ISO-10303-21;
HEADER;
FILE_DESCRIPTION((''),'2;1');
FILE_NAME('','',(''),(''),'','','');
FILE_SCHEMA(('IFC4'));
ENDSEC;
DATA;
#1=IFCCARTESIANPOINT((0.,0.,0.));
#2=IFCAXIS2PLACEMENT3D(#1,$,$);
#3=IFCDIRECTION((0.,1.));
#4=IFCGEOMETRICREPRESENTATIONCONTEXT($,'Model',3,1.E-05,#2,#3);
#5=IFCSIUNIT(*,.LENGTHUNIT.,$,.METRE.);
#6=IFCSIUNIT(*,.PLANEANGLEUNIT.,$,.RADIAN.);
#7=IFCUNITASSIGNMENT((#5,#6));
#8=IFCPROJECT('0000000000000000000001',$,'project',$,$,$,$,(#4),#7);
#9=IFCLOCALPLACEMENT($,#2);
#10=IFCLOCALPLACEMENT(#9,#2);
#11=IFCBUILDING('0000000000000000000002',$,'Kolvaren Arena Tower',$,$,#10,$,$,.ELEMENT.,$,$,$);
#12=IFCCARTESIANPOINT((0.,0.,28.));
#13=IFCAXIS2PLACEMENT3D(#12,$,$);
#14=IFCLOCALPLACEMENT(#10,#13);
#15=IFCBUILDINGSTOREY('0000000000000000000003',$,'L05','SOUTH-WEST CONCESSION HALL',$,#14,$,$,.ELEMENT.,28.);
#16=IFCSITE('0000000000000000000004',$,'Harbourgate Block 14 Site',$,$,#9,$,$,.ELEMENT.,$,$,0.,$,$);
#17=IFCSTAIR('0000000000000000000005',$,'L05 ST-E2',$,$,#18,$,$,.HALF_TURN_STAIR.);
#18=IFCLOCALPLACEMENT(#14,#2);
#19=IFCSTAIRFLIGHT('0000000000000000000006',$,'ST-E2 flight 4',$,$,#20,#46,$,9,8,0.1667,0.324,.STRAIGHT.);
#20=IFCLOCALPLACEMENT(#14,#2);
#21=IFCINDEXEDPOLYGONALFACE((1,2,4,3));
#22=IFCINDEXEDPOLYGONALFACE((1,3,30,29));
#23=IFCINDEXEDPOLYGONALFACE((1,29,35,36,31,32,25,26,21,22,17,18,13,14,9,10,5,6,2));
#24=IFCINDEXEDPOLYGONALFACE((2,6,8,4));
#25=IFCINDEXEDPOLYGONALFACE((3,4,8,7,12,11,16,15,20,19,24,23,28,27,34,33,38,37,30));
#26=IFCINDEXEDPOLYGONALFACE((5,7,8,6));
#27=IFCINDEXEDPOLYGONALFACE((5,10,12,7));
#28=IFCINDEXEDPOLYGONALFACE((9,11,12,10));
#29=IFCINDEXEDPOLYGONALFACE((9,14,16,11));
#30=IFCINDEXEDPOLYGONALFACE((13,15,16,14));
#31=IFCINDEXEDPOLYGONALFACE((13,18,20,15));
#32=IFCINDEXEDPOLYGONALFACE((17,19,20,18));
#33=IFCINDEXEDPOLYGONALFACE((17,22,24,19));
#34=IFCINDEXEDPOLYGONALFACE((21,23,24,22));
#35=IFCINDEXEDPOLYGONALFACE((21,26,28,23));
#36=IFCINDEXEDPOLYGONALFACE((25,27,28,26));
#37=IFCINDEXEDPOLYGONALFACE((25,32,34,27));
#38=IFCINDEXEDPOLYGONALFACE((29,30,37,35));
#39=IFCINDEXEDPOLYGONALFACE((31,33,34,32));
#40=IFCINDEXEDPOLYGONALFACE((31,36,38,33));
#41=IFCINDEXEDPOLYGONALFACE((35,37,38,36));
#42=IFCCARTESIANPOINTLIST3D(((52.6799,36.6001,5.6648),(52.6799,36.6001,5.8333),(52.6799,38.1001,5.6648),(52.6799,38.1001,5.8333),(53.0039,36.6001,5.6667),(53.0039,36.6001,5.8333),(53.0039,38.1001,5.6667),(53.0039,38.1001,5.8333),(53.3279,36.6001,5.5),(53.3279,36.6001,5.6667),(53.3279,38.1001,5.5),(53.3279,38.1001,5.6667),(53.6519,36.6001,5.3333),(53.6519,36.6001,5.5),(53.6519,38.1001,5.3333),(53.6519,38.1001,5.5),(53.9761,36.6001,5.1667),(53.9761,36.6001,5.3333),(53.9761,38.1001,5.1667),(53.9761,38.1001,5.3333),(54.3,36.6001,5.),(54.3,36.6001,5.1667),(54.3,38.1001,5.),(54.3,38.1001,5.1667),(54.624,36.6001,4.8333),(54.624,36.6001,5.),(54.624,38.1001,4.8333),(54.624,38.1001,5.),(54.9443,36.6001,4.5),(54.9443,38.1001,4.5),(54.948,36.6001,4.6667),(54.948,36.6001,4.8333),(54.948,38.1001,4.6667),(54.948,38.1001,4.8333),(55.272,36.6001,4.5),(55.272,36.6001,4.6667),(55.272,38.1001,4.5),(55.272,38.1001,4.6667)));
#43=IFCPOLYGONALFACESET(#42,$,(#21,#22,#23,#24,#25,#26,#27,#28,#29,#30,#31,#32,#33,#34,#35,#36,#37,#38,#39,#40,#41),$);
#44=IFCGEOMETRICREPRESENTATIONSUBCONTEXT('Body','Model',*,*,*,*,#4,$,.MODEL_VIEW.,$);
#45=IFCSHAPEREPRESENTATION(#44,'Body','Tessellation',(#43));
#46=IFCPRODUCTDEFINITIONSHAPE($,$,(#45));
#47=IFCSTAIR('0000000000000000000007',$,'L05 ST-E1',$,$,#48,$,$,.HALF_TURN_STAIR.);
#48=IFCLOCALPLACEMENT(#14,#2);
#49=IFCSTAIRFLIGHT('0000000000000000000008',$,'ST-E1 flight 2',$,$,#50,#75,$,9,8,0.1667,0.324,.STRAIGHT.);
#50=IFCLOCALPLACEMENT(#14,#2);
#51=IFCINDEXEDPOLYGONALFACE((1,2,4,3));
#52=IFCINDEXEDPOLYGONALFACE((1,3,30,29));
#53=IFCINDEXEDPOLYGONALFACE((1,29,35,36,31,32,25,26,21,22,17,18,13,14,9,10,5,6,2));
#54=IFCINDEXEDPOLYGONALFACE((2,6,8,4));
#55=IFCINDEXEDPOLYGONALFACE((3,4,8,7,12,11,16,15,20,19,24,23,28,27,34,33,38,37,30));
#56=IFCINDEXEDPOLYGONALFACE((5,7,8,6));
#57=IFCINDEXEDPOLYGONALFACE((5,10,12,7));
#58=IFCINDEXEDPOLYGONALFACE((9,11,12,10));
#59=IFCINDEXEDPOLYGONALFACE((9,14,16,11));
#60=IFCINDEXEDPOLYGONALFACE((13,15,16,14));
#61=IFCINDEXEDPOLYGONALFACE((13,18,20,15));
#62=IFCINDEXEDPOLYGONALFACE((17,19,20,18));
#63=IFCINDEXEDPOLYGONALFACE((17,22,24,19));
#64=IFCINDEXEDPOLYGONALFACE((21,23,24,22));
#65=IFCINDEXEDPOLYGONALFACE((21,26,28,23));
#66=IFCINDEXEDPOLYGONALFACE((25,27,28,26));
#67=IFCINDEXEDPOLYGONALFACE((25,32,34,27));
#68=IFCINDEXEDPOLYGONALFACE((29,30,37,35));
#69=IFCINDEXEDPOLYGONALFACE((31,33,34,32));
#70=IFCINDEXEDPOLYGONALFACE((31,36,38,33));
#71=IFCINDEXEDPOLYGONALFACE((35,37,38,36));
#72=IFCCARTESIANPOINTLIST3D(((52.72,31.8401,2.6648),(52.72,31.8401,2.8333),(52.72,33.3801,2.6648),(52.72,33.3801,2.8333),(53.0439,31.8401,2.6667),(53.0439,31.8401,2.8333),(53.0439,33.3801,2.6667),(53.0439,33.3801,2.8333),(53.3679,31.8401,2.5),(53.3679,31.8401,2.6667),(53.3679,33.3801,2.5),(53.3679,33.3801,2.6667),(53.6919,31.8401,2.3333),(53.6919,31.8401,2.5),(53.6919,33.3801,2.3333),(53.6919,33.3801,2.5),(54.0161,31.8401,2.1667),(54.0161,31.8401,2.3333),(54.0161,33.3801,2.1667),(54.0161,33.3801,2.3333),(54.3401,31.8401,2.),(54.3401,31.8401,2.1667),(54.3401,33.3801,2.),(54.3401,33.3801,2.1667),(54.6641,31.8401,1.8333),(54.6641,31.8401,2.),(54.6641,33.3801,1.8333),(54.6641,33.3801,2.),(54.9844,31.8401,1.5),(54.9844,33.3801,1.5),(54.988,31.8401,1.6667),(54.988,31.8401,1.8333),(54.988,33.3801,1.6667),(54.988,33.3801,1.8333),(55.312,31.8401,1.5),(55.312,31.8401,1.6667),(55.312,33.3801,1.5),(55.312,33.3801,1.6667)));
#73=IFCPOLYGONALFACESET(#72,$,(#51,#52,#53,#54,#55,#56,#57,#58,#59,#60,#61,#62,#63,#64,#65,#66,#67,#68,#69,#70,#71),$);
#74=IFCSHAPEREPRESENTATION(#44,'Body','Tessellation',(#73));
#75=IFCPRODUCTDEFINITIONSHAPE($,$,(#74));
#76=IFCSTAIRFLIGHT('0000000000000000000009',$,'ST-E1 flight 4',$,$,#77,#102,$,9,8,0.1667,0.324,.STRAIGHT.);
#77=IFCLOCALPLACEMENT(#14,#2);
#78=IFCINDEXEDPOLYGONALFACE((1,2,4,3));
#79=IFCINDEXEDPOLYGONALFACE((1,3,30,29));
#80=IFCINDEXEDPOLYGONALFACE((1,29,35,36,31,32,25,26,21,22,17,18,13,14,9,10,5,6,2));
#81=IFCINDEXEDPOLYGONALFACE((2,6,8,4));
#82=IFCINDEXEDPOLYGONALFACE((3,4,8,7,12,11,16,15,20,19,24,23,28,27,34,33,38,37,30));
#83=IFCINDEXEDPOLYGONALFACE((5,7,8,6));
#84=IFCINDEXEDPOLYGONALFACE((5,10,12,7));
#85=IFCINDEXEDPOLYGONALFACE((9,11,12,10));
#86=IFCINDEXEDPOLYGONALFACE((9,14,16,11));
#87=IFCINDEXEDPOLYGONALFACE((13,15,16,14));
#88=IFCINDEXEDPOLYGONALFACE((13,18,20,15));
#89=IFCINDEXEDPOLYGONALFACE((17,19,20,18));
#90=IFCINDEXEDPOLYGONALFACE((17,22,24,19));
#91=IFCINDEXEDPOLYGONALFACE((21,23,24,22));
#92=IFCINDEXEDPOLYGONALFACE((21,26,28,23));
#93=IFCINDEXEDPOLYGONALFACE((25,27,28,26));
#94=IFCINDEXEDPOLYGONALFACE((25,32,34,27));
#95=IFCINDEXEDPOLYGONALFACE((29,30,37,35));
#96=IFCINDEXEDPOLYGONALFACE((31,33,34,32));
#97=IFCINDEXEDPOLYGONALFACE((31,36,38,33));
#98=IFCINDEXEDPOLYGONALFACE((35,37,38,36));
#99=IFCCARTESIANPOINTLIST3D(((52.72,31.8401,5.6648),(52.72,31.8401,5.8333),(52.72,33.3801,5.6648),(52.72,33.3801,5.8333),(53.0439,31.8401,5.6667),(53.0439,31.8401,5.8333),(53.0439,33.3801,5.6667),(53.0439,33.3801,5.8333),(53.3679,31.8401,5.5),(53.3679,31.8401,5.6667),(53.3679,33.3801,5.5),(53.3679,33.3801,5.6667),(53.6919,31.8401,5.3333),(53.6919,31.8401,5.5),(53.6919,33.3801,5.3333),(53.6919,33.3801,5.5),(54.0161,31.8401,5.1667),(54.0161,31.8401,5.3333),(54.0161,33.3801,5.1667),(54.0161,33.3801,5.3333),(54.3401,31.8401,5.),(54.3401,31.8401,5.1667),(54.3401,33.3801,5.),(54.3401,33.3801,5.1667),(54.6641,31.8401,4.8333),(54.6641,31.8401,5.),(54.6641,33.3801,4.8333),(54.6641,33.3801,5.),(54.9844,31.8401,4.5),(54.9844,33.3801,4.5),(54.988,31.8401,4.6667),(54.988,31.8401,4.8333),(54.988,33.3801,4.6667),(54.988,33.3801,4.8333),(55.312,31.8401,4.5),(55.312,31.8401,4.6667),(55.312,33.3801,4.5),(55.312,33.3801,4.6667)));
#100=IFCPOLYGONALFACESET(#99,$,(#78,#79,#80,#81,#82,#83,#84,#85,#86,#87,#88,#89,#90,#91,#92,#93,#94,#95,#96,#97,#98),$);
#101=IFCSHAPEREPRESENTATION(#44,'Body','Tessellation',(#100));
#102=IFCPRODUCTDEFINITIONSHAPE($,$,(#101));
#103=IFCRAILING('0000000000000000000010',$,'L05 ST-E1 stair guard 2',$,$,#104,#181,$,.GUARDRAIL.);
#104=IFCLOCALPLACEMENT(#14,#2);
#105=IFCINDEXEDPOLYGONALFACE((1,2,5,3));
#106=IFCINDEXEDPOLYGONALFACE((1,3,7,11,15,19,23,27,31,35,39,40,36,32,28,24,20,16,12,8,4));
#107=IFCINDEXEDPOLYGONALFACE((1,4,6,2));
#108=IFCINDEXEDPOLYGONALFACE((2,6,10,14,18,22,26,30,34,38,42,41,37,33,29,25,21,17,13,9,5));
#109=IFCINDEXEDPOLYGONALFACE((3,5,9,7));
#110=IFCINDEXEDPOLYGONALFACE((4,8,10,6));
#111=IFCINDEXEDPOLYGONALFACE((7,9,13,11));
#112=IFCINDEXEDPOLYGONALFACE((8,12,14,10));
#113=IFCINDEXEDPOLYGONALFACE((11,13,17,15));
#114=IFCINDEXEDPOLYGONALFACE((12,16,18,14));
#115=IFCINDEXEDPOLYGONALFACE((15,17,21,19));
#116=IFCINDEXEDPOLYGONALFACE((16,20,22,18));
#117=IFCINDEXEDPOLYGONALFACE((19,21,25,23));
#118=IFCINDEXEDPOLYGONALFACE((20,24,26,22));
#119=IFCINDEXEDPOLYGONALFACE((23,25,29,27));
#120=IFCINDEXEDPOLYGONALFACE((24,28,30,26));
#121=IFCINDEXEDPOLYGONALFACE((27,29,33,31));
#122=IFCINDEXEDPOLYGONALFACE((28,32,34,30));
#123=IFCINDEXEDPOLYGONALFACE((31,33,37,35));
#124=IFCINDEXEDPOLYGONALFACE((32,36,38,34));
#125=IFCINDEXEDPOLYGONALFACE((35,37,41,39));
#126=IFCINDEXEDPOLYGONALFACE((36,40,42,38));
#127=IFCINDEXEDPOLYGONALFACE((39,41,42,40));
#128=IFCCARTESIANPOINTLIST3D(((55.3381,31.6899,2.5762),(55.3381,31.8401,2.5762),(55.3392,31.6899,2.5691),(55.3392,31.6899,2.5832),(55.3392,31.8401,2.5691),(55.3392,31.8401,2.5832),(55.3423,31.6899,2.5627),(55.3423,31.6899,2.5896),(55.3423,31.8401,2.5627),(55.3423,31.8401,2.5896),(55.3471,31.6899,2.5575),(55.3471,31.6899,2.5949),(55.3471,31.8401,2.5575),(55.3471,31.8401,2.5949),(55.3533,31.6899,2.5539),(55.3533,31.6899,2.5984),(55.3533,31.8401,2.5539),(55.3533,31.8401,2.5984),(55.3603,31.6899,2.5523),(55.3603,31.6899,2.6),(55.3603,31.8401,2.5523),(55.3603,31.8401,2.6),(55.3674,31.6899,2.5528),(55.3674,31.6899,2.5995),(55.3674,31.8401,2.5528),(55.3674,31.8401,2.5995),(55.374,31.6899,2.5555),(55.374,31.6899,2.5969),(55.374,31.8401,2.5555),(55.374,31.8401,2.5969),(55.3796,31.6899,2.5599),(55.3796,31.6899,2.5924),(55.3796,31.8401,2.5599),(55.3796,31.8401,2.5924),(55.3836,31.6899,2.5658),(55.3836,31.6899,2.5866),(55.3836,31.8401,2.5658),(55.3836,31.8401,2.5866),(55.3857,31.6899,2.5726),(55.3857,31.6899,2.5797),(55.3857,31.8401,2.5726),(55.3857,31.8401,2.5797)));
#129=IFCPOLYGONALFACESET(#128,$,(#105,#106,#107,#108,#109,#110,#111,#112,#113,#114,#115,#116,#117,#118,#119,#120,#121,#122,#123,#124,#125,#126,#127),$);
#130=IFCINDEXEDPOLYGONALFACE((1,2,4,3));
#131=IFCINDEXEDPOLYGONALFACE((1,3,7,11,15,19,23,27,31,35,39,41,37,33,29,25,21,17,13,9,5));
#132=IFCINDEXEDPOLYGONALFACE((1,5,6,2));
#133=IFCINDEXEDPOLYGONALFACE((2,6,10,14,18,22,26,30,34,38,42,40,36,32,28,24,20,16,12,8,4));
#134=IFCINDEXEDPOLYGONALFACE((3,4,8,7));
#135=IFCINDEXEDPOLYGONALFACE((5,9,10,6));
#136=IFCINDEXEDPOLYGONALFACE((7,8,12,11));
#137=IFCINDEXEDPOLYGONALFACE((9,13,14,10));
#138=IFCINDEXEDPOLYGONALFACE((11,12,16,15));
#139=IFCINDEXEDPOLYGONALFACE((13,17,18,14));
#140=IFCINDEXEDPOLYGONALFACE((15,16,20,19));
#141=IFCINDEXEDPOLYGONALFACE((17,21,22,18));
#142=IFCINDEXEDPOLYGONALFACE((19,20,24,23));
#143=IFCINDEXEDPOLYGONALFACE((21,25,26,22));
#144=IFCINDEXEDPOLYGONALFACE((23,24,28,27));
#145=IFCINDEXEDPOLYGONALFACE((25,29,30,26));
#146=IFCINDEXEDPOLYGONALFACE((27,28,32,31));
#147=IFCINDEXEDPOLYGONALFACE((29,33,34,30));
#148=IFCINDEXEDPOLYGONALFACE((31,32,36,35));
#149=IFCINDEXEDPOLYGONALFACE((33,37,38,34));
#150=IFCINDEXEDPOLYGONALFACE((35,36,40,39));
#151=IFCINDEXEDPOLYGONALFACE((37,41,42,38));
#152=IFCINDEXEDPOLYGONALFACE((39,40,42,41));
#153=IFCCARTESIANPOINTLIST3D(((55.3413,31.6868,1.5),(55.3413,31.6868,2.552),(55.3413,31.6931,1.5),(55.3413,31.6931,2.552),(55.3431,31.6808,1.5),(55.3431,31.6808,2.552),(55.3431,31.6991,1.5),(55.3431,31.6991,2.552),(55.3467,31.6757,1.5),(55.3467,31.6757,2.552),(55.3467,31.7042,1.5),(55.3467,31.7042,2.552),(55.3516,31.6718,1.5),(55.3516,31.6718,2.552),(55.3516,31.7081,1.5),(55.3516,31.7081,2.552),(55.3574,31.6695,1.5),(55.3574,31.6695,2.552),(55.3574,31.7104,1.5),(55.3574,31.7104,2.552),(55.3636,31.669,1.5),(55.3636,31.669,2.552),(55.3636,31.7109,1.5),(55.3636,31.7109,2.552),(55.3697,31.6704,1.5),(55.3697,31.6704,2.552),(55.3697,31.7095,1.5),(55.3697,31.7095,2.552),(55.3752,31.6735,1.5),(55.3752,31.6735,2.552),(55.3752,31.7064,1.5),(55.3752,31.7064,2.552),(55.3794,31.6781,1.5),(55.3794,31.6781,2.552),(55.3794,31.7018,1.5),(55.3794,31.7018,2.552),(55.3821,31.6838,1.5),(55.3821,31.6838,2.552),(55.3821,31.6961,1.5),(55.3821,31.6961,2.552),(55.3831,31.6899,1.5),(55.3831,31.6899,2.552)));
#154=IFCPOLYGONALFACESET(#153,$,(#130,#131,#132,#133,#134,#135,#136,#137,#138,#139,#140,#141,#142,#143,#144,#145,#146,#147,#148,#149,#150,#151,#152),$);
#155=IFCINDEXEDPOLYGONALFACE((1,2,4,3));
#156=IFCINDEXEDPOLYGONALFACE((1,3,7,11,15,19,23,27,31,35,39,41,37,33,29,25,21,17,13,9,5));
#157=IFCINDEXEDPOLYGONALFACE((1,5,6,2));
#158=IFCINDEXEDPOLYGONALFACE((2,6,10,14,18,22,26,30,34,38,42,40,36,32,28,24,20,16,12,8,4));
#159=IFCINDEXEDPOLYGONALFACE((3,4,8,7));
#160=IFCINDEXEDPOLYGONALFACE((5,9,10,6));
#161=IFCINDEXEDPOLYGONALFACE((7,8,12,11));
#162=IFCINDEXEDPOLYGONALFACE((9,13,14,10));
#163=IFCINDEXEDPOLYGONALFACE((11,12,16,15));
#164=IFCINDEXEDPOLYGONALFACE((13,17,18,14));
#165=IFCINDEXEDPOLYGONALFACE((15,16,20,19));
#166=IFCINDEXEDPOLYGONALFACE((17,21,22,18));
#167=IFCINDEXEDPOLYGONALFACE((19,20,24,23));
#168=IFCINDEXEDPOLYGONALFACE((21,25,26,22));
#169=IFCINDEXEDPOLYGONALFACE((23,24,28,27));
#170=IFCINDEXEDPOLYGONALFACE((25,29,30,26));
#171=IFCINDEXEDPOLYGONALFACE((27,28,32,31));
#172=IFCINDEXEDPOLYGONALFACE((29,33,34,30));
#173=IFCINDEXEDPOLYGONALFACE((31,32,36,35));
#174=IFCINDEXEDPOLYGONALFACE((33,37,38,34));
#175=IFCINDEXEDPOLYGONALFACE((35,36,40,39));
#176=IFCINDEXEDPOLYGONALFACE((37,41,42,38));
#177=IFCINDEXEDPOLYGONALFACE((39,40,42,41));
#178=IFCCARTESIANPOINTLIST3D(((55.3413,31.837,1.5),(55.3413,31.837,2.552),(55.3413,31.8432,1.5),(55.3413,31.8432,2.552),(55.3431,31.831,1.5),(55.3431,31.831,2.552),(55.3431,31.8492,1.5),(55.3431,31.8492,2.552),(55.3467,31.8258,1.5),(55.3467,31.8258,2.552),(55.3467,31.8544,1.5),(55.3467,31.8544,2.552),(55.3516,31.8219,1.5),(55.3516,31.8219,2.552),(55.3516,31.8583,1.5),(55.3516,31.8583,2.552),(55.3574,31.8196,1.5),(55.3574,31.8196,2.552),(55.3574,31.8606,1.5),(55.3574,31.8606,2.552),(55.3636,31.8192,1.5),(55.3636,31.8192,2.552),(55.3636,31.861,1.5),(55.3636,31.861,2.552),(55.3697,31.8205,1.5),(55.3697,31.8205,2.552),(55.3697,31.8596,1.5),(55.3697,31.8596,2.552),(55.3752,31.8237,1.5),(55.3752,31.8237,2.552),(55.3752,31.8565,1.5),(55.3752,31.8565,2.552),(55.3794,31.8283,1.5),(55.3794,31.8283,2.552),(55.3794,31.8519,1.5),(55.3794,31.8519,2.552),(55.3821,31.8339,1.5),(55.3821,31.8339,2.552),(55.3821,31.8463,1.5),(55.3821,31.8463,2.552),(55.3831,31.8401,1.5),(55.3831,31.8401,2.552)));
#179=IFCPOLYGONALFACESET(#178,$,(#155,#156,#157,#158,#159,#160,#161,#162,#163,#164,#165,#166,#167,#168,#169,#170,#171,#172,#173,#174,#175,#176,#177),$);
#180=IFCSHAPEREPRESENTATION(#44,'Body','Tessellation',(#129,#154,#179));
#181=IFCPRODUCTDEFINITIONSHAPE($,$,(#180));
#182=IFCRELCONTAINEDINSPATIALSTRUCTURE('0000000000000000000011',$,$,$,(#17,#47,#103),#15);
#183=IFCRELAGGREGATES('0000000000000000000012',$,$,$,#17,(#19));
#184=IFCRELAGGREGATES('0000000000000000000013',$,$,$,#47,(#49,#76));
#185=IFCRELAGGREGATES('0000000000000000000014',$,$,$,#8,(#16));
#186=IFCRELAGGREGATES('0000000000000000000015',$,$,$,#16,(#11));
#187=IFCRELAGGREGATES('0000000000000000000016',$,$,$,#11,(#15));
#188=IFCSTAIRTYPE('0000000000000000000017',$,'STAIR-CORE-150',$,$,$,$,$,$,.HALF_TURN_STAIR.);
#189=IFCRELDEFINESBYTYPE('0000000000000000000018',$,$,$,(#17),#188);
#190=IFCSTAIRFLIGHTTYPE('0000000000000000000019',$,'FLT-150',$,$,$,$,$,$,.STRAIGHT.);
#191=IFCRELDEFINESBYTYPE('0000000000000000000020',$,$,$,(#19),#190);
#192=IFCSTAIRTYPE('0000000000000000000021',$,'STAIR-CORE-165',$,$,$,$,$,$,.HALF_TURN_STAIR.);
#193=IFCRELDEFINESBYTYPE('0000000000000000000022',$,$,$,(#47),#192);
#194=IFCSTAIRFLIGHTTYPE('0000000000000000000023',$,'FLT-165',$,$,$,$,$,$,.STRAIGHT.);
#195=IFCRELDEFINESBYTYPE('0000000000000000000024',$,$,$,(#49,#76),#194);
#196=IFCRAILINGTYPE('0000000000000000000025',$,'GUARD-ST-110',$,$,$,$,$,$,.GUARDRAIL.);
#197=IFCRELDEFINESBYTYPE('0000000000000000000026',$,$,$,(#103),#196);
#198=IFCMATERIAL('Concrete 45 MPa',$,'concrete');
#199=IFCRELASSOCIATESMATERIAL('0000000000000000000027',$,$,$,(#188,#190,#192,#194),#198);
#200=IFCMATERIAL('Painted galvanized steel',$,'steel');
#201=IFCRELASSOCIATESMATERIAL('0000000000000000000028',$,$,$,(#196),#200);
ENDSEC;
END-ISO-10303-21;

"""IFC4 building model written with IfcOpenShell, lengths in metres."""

from ifc_helpers import new_model, si_unit, direction, frame, origin, origin_2d, place, context, subcontext, project, spatial, polyline, circle, outline, extrude, material, type_object, element, aggregate, save


model = new_model("IFC4")

# Units and contexts
model_context = context("Model", 3, precision=1e-05, world=origin(), true_north=direction((0.0, 1.0)))
body_context = subcontext(model_context, "Body", "Model", "MODEL_VIEW")
ifc_project = project(units=[si_unit("LENGTHUNIT", "METRE"), si_unit("PLANEANGLEUNIT", "RADIAN")], contexts=[model_context])

# Site, building, storey
site_placement = place(None, origin())
site = spatial("IfcSite", under=ifc_project, at=site_placement, Name="Harbourgate Block 14 Site", CompositionType="ELEMENT", RefElevation=0.0)
building_placement = place(site_placement, origin())
building = spatial("IfcBuilding", under=site, at=building_placement, Name="Kolvaren Arena Tower", CompositionType="ELEMENT")
storey_placement = place(building_placement, frame((0.0, 0.0, 28.0)))
storey = spatial("IfcBuildingStorey", under=building, at=storey_placement, Name="L05", Description="SOUTH-WEST CONCESSION HALL", CompositionType="ELEMENT", Elevation=28.0)

# Shared definitions
ifc_material_1 = material(Name="Concrete 45 MPa", Category="concrete")

# Stair, stair flight
stair_type_1 = type_object("IfcStairType", Name="STAIR-CORE-150", PredefinedType="HALF_TURN_STAIR", material=ifc_material_1)
stair_1_placement = place(storey_placement, origin())
stair_1 = element("IfcStair", 1, at=stair_1_placement, inside=storey, type_object=stair_type_1, Name="L05 ST-E2", PredefinedType="HALF_TURN_STAIR")
stair_flight_type_1 = type_object("IfcStairFlightType", Name="FLT-150", PredefinedType="STRAIGHT", material=ifc_material_1)
stair_flight_1_placement = place(storey_placement, frame((55.272, 37.3501, 4.5), z_axis=(0.0, 0.0, 1.0), x_axis=(-1.0, 0.0, 0.0)))
stair_flight_1 = element("IfcStairFlight", 2, at=stair_flight_1_placement, type_object=stair_flight_type_1, Name="ST-E2 flight 4", NumberOfRisers=9, NumberOfTreads=8, PredefinedType="STRAIGHT", RiserHeight=0.1667, TreadLength=0.324, context=body_context, shape_type="SweptSolid", body=[
    extrude(outline(polyline([(0.0, 0.0), (0.0, 0.1667), (0.324, 0.1667), (0.324, 0.3333), (0.6479, 0.3333), (0.6479, 0.5), (0.9719, 0.5), (0.9719, 0.6667), (1.2959, 0.6667), (1.2959, 0.8333), (1.6201, 0.8333), (1.6201, 1.0), (1.9441, 1.0), (1.9441, 1.1667), (2.2681, 1.1667), (2.2681, 1.3333), (2.592, 1.3333), (2.592, 1.5), (2.592, 1.1648), (0.3276, 0.0), (0.0, 0.0)])), frame((0.0, 0.75, 0.0), z_axis=(0.0, -1.0, 0.0), x_axis=(1.0, 0.0, 0.0)), (0.0, 0.0, 1.0), 1.5),
])
aggregate(stair_1, [stair_flight_1])

# Stair, stair flights
stair_type_2 = type_object("IfcStairType", Name="STAIR-CORE-165", PredefinedType="HALF_TURN_STAIR", material=ifc_material_1)
stair_2_placement = place(storey_placement, origin())
stair_2 = element("IfcStair", 3, at=stair_2_placement, inside=storey, type_object=stair_type_2, Name="L05 ST-E1", PredefinedType="HALF_TURN_STAIR")
stair_flight_type_2 = type_object("IfcStairFlightType", Name="FLT-165", PredefinedType="STRAIGHT", material=ifc_material_1)
stair_flight_2_placement = place(storey_placement, frame((55.312, 32.6101, 1.5), z_axis=(0.0, 0.0, 1.0), x_axis=(-1.0, 0.0, 0.0)))
stair_flight_2 = element("IfcStairFlight", 4, at=stair_flight_2_placement, type_object=stair_flight_type_2, Name="ST-E1 flight 2", NumberOfRisers=9, NumberOfTreads=8, PredefinedType="STRAIGHT", RiserHeight=0.1667, TreadLength=0.324, context=body_context, shape_type="SweptSolid", body=[
    extrude(outline(polyline([(0.0, 0.0), (0.0, 0.1667), (0.324, 0.1667), (0.324, 0.3333), (0.6479, 0.3333), (0.6479, 0.5), (0.9719, 0.5), (0.9719, 0.6667), (1.2959, 0.6667), (1.2959, 0.8333), (1.6201, 0.8333), (1.6201, 1.0), (1.9441, 1.0), (1.9441, 1.1667), (2.2681, 1.1667), (2.2681, 1.3333), (2.592, 1.3333), (2.592, 1.5), (2.592, 1.1648), (0.3276, 0.0), (0.0, 0.0)])), frame((0.0, 0.77, 0.0), z_axis=(0.0, -1.0, 0.0), x_axis=(1.0, 0.0, 0.0)), (0.0, 0.0, 1.0), 1.54),
])
stair_flight_3_placement = place(storey_placement, frame((55.312, 32.6101, 4.5), z_axis=(0.0, 0.0, 1.0), x_axis=(-1.0, 0.0, 0.0)))
stair_flight_3 = element("IfcStairFlight", 5, at=stair_flight_3_placement, type_object=stair_flight_type_2, Name="ST-E1 flight 4", NumberOfRisers=9, NumberOfTreads=8, PredefinedType="STRAIGHT", RiserHeight=0.1667, TreadLength=0.324, context=body_context, shape_type="SweptSolid", body=[
    extrude(outline(polyline([(0.0, 0.0), (0.0, 0.1667), (0.324, 0.1667), (0.324, 0.3333), (0.6479, 0.3333), (0.6479, 0.5), (0.9719, 0.5), (0.9719, 0.6667), (1.2959, 0.6667), (1.2959, 0.8333), (1.6201, 0.8333), (1.6201, 1.0), (1.9441, 1.0), (1.9441, 1.1667), (2.2681, 1.1667), (2.2681, 1.3333), (2.592, 1.3333), (2.592, 1.5), (2.592, 1.1648), (0.3276, 0.0), (0.0, 0.0)])), frame((0.0, 0.77, 0.0), z_axis=(0.0, -1.0, 0.0), x_axis=(1.0, 0.0, 0.0)), (0.0, 0.0, 1.0), 1.54),
])
aggregate(stair_2, [stair_flight_2, stair_flight_3])

# Railing
ifc_material_2 = material(Name="Painted galvanized steel", Category="steel")
railing_type_1 = type_object("IfcRailingType", Name="GUARD-ST-110", PredefinedType="GUARDRAIL", material=ifc_material_2)
railing_1_placement = place(storey_placement, frame((55.3621, 31.6899, 1.5)))
element("IfcRailing", 6, at=railing_1_placement, inside=storey, type_object=railing_type_1, Name="L05 ST-E1 stair guard 2", PredefinedType="GUARDRAIL", context=body_context, shape_type="SweptSolid", body=[
    extrude(circle(Radius=0.0239, at=origin_2d()), frame((0.0, 0.0, 1.0762), z_axis=(0.0, 1.0, 0.0), x_axis=(-1.0, 0.0, 0.0)), (0.0, 0.0, 1.0), 0.1501),
    extrude(circle(Radius=0.021, at=origin_2d()), origin(), (0.0, 0.0, 1.0), 1.052),
    extrude(circle(Radius=0.021, at=origin_2d()), frame((0.0, 0.1501, 0.0)), (0.0, 0.0, 1.0), 1.052),
])

save(model, "model.ifc")
